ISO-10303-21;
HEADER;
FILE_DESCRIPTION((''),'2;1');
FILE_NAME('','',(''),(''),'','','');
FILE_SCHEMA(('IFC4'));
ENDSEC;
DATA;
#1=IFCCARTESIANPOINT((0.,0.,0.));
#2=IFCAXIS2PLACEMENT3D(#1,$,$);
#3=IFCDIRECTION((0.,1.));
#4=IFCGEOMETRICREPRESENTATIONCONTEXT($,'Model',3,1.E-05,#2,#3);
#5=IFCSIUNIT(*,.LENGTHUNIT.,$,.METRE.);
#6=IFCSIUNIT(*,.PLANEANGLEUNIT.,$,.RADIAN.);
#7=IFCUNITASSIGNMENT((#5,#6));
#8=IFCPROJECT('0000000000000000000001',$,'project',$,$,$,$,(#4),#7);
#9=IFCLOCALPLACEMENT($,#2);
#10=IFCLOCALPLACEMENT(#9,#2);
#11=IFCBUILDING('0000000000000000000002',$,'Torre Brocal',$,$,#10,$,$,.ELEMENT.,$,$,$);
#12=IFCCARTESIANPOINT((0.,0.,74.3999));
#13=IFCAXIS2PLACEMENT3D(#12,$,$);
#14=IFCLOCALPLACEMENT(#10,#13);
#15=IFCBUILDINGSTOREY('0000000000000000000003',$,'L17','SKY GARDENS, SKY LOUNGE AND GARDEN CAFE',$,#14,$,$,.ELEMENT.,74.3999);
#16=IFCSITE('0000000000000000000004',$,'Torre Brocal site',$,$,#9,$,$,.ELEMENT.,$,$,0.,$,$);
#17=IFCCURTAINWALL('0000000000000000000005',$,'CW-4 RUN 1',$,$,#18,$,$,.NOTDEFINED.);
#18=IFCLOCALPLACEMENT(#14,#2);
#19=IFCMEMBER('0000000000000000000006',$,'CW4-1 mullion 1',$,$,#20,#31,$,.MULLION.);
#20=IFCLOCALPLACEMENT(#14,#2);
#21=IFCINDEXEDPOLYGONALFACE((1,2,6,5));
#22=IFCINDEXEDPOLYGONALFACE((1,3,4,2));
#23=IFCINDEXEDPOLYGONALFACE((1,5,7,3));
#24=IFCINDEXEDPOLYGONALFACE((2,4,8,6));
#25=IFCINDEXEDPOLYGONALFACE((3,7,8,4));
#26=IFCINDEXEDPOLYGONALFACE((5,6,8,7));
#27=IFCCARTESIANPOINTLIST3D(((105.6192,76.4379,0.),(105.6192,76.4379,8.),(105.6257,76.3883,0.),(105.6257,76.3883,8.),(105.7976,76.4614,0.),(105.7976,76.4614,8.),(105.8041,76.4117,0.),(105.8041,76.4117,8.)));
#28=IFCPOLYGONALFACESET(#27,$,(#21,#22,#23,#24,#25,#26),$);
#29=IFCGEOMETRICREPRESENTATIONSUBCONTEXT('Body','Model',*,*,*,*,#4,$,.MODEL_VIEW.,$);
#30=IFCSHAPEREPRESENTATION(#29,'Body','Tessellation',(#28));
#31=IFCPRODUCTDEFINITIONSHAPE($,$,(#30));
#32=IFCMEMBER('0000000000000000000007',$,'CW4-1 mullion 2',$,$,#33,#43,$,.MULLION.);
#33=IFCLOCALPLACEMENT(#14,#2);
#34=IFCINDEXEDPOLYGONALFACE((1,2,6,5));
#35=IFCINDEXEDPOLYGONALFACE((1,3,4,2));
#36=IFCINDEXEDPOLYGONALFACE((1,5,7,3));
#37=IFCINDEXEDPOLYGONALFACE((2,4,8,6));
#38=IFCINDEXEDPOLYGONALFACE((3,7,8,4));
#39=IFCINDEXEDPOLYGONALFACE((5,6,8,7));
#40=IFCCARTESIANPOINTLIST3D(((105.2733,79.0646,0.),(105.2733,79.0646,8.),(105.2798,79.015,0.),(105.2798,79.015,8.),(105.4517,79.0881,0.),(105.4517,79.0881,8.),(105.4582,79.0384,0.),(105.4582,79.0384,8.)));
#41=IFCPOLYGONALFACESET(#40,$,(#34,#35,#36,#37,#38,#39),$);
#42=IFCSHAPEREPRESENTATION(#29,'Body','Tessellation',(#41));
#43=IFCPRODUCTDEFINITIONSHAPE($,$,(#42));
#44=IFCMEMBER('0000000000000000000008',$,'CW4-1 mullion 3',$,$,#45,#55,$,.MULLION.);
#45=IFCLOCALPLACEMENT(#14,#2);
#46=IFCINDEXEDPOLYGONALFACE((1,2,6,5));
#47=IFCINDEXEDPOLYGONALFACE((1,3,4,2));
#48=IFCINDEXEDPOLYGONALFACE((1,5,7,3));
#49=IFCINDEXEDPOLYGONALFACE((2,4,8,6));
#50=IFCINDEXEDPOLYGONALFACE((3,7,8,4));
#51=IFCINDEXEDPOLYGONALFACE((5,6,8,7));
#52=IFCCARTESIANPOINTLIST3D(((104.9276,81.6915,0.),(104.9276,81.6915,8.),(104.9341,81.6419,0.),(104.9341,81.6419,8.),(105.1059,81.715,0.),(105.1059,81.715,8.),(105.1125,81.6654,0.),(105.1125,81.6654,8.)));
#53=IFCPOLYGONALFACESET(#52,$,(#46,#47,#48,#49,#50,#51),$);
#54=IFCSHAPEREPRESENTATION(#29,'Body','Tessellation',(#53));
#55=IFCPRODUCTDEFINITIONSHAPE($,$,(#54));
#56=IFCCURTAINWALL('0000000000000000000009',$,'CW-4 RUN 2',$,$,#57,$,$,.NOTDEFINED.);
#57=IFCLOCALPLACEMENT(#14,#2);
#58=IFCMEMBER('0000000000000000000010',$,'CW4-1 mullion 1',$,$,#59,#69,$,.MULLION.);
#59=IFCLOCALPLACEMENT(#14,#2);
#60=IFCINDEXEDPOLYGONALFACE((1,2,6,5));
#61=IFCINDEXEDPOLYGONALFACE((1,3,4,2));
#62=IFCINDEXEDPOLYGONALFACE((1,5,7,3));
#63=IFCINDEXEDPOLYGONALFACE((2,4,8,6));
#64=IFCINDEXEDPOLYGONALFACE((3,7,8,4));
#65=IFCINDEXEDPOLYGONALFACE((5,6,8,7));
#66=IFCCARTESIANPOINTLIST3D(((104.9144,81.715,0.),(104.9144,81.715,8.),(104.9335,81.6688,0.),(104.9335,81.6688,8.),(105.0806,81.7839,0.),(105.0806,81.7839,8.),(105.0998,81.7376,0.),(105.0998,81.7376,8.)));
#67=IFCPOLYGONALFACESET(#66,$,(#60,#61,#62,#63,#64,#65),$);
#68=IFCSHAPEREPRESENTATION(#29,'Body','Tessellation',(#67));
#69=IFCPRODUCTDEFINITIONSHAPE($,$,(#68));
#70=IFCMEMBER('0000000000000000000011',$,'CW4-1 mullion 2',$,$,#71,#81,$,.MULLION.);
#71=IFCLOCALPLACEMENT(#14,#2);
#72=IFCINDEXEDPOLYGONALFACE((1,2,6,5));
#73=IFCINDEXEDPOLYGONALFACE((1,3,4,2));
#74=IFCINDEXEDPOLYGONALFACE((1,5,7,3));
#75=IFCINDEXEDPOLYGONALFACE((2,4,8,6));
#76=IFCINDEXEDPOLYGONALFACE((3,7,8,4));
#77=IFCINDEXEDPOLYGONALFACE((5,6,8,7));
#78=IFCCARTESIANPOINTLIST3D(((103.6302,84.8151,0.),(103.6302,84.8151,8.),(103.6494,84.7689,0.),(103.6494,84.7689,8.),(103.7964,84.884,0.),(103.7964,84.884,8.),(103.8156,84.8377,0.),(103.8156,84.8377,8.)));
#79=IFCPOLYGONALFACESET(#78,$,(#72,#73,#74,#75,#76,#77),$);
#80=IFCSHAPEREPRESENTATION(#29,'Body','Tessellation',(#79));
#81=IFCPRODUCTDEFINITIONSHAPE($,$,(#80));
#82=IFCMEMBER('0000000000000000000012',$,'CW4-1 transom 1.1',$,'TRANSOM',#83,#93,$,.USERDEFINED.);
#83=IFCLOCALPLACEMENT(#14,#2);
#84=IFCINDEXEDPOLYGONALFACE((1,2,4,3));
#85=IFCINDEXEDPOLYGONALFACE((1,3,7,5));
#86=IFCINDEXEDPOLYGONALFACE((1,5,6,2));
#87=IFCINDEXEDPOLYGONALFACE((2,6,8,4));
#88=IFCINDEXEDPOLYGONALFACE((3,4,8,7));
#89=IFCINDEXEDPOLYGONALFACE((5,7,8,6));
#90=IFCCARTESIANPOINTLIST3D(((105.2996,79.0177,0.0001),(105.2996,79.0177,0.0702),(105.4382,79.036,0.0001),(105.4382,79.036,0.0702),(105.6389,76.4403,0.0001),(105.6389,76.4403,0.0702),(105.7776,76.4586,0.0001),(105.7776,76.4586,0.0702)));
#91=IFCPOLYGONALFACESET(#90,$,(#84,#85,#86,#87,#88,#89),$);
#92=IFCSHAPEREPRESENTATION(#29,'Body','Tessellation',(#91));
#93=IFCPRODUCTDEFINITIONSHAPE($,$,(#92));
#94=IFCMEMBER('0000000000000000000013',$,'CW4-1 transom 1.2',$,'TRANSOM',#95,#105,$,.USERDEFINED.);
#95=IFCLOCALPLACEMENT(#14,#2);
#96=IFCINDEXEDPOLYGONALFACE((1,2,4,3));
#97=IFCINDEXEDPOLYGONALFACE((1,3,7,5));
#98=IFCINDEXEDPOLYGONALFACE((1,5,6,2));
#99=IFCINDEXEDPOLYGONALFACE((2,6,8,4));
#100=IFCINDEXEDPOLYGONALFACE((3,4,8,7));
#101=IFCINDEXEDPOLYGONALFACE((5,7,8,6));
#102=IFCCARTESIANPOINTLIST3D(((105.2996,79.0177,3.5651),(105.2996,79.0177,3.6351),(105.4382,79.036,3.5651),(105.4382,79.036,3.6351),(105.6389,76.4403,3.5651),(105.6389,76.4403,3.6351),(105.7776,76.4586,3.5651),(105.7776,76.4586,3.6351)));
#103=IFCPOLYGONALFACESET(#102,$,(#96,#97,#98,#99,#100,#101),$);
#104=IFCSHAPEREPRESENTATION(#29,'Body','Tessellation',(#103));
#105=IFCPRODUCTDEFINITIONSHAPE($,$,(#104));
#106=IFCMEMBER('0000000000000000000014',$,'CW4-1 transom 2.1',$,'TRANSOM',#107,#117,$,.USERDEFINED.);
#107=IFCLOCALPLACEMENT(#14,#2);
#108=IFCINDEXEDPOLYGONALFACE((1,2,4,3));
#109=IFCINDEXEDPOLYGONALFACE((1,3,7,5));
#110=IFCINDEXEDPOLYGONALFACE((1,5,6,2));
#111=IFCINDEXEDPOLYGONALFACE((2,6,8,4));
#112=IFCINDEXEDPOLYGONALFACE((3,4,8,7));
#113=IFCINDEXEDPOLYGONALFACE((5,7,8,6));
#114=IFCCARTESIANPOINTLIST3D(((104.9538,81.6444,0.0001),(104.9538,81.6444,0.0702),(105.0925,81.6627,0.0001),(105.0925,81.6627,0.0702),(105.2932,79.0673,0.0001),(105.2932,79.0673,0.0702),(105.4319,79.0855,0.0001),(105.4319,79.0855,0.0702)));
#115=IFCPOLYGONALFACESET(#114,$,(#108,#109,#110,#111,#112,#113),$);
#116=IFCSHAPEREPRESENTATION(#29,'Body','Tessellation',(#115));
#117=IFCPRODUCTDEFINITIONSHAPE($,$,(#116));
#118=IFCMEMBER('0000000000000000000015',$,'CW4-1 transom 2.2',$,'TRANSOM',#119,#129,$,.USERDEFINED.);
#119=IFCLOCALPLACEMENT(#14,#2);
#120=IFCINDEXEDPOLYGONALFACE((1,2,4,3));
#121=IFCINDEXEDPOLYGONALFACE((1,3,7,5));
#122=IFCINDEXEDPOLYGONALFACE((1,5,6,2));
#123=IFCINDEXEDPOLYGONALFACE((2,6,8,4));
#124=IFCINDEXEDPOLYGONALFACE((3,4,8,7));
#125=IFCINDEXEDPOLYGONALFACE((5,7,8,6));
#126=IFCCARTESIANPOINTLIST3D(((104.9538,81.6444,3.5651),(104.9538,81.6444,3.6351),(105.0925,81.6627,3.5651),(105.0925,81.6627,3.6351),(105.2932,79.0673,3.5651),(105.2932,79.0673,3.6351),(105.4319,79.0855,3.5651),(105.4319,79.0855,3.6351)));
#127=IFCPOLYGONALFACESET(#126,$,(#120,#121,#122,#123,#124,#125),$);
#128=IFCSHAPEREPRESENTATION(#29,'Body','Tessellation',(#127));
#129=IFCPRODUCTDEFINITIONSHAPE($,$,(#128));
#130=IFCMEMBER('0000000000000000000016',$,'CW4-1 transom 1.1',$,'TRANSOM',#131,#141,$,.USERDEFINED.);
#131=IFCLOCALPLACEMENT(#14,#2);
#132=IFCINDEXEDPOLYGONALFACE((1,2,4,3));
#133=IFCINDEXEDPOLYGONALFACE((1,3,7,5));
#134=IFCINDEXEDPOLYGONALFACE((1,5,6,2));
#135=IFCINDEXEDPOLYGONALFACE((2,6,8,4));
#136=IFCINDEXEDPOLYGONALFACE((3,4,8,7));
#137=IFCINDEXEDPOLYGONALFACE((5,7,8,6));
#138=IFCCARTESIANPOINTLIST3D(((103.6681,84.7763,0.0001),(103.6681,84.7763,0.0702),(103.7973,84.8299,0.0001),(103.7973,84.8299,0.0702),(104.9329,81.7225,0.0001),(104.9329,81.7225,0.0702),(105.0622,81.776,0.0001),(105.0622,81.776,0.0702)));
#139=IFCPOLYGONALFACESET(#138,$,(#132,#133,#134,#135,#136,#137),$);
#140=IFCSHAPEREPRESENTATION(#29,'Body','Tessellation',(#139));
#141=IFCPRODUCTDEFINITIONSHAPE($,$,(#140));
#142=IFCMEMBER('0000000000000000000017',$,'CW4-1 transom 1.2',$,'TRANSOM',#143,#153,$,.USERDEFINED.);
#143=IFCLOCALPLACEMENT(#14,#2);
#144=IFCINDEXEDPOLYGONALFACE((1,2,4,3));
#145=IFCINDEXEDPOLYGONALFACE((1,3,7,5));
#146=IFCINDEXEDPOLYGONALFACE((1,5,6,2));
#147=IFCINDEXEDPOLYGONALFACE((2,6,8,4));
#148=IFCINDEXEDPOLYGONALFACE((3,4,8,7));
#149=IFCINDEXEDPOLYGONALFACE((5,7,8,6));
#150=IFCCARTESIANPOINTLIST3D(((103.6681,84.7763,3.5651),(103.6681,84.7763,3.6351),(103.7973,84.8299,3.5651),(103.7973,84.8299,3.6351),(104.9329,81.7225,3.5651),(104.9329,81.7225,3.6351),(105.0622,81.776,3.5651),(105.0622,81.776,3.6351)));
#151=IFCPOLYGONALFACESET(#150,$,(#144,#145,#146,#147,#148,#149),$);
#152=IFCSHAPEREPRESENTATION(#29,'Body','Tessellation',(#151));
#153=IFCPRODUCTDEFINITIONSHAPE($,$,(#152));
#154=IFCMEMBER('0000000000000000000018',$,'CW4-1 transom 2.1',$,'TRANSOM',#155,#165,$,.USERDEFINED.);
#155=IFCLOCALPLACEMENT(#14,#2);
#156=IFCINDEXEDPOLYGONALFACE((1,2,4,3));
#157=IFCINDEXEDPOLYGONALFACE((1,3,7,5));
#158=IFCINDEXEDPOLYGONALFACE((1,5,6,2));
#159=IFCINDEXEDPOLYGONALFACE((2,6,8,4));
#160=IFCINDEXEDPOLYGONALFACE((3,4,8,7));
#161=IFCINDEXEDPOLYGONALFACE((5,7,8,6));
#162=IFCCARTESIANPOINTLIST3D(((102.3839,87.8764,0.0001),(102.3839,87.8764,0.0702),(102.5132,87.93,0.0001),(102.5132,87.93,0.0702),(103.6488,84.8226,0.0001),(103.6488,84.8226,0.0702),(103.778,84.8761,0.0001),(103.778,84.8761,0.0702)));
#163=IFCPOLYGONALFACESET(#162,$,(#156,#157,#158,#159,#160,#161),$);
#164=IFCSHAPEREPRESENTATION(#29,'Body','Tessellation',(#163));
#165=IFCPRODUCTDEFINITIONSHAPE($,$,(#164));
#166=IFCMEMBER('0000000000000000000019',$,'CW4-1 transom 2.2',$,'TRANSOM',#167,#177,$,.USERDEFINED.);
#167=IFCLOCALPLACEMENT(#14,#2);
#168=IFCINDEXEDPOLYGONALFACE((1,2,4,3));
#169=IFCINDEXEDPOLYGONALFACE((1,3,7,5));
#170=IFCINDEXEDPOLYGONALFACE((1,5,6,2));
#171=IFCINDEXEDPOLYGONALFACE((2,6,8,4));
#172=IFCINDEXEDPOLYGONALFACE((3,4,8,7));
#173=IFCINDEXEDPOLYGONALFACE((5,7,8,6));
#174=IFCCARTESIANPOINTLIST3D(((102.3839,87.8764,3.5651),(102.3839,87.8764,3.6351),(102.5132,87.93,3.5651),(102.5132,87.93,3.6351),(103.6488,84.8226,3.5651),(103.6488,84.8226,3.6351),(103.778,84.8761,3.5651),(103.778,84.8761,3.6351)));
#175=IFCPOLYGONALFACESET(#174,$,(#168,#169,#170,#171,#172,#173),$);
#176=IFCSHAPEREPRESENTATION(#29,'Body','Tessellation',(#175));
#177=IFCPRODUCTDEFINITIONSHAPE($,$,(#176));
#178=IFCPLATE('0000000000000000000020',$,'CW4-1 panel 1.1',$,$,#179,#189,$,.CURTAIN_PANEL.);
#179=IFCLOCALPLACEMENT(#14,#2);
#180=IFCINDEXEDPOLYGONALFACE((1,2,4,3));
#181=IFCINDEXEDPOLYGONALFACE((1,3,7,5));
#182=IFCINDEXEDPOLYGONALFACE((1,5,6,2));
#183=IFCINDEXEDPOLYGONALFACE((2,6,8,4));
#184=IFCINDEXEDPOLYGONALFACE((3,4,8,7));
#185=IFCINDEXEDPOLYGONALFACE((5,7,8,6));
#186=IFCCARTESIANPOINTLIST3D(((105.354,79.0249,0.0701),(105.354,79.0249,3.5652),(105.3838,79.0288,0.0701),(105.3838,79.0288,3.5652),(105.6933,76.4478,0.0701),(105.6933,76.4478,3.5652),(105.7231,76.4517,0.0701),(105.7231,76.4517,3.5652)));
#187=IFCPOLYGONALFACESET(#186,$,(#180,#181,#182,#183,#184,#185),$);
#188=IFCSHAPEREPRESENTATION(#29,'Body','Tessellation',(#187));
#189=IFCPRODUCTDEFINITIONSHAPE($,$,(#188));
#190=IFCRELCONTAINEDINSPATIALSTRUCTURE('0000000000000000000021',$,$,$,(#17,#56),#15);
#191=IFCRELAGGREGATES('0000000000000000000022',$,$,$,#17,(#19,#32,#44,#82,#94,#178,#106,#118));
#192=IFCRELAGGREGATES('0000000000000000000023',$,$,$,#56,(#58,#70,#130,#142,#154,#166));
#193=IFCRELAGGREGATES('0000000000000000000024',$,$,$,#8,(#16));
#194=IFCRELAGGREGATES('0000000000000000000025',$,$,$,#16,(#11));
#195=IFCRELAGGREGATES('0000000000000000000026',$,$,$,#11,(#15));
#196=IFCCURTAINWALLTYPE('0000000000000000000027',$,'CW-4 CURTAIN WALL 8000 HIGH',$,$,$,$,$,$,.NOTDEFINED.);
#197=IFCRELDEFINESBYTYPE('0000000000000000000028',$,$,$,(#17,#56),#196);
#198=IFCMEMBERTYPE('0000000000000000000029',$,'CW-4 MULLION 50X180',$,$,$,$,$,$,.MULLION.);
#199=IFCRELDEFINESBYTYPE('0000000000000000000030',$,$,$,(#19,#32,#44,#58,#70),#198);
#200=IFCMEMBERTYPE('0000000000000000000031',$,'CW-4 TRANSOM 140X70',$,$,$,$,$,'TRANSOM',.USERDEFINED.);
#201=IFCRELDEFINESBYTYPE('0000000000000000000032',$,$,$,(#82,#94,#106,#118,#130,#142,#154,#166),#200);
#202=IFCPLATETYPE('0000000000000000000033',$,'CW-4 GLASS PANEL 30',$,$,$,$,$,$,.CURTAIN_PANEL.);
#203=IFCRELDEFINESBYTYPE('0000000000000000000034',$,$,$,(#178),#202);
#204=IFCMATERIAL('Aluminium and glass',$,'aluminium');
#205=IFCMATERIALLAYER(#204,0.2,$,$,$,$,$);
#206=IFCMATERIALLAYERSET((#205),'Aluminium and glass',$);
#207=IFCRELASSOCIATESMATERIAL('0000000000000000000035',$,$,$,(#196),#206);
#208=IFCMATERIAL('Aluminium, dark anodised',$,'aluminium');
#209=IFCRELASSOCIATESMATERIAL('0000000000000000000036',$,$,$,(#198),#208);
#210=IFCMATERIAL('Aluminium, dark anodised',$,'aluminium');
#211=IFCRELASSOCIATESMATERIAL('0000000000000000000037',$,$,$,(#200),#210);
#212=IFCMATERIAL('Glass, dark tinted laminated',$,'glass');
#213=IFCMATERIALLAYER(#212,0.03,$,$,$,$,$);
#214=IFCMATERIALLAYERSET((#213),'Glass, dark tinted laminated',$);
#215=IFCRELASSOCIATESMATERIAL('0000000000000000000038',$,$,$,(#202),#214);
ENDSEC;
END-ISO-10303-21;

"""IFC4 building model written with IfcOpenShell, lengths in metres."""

from ifc_helpers import new_model, si_unit, direction, frame, origin, origin_2d, place, context, subcontext, project, spatial, rectangle, extrude, material, layer, layer_set, material_profile, profile_set, type_object, element, aggregate, save


model = new_model("IFC4")

# Units and contexts
model_context = context("Model", 3, precision=1e-05, world=origin(), true_north=direction((0.0, 1.0)))
body_context = subcontext(model_context, "Body", "Model", "MODEL_VIEW")
ifc_project = project(units=[si_unit("LENGTHUNIT", "METRE"), si_unit("PLANEANGLEUNIT", "RADIAN")], contexts=[model_context])

# Site, building, storey
site_placement = place(None, origin())
site = spatial("IfcSite", under=ifc_project, at=site_placement, Name="Torre Brocal site", CompositionType="ELEMENT", RefElevation=0.0)
building_placement = place(site_placement, origin())
building = spatial("IfcBuilding", under=site, at=building_placement, Name="Torre Brocal", CompositionType="ELEMENT")
storey_placement = place(building_placement, frame((0.0, 0.0, 74.3999)))
storey = spatial("IfcBuildingStorey", under=building, at=storey_placement, Name="L17", Description="SKY GARDENS, SKY LOUNGE AND GARDEN CAFE", CompositionType="ELEMENT", Elevation=74.3999)

# Curtain walls, members
ifc_material_1 = material(Name="Aluminium and glass", Category="aluminium")
ifc_layer_1 = layer(ifc_material_1, 0.2)
ifc_layer_set_1 = layer_set([ifc_layer_1], Name="Aluminium and glass")
curtain_wall_type = type_object("IfcCurtainWallType", Name="CW-4 CURTAIN WALL 8000 HIGH", PredefinedType="NOTDEFINED", material=ifc_layer_set_1)
curtain_wall_1_placement = place(storey_placement, origin())
curtain_wall_1 = element("IfcCurtainWall", 1, at=curtain_wall_1_placement, inside=storey, type_object=curtain_wall_type, Name="CW-4 RUN 1", PredefinedType="NOTDEFINED")
ifc_material_2 = material(Name="Aluminium, dark anodised", Category="aluminium")
ifc_material_profile_1 = material_profile(ifc_material_2, rectangle(XDim=0.1799, YDim=0.05, at=origin_2d()), Name="CW-4 MULLION 50X180")
ifc_profile_set_1 = profile_set([ifc_material_profile_1], Name="Aluminium, dark anodised")
member_type_1 = type_object("IfcMemberType", Name="CW-4 MULLION 50X180", PredefinedType="MULLION", material=ifc_profile_set_1)
member_1_placement = place(storey_placement, frame((105.7117, 76.4248, 0.0), z_axis=(0.0, 0.0, 1.0), x_axis=(-0.991445, -0.130526, 0.0)))
member_1 = element("IfcMember", 2, at=member_1_placement, type_object=member_type_1, Name="CW4-1 mullion 1", PredefinedType="MULLION", context=body_context, shape_type="SweptSolid", body=[
    extrude(rectangle(XDim=0.1799, YDim=0.05, at=origin_2d()), origin(), (0.0, 0.0, 1.0), 8.0),
])
member_2_placement = place(storey_placement, frame((105.3657, 79.0515, 0.0), z_axis=(0.0, 0.0, 1.0), x_axis=(-0.991445, -0.130526, 0.0)))
member_2 = element("IfcMember", 3, at=member_2_placement, type_object=member_type_1, Name="CW4-1 mullion 2", PredefinedType="MULLION", context=body_context, shape_type="SweptSolid", body=[
    extrude(rectangle(XDim=0.1799, YDim=0.05, at=origin_2d()), origin(), (0.0, 0.0, 1.0), 8.0),
])
member_3_placement = place(storey_placement, frame((105.02, 81.6785, 0.0), z_axis=(0.0, 0.0, 1.0), x_axis=(-0.991445, -0.130526, 0.0)))
member_3 = element("IfcMember", 4, at=member_3_placement, type_object=member_type_1, Name="CW4-1 mullion 3", PredefinedType="MULLION", context=body_context, shape_type="SweptSolid", body=[
    extrude(rectangle(XDim=0.1799, YDim=0.05, at=origin_2d()), origin(), (0.0, 0.0, 1.0), 8.0),
])
curtain_wall_2_placement = place(storey_placement, origin())
curtain_wall_2 = element("IfcCurtainWall", 5, at=curtain_wall_2_placement, inside=storey, type_object=curtain_wall_type, Name="CW-4 RUN 2", PredefinedType="NOTDEFINED")
member_4_placement = place(storey_placement, frame((105.0071, 81.7263, 0.0), z_axis=(0.0, 0.0, 1.0), x_axis=(-0.92388, -0.382683, 0.0)))
member_4 = element("IfcMember", 6, at=member_4_placement, type_object=member_type_1, Name="CW4-1 mullion 1", PredefinedType="MULLION", context=body_context, shape_type="SweptSolid", body=[
    extrude(rectangle(XDim=0.1799, YDim=0.05, at=origin_2d()), origin(), (0.0, 0.0, 1.0), 8.0),
])
member_5_placement = place(storey_placement, frame((103.7229, 84.8264, 0.0), z_axis=(0.0, 0.0, 1.0), x_axis=(-0.92388, -0.382683, 0.0)))
member_5 = element("IfcMember", 7, at=member_5_placement, type_object=member_type_1, Name="CW4-1 mullion 2", PredefinedType="MULLION", context=body_context, shape_type="SweptSolid", body=[
    extrude(rectangle(XDim=0.1799, YDim=0.05, at=origin_2d()), origin(), (0.0, 0.0, 1.0), 8.0),
])

# Members
ifc_material_3 = material(Name="Aluminium, dark anodised", Category="aluminium")
ifc_material_profile_2 = material_profile(ifc_material_3, rectangle(XDim=0.1399, YDim=0.0701, at=origin_2d()), Name="CW-4 TRANSOM 140X70")
ifc_profile_set_2 = profile_set([ifc_material_profile_2], Name="Aluminium, dark anodised")
member_type_2 = type_object("IfcMemberType", Name="CW-4 TRANSOM 140X70", ElementType="TRANSOM", PredefinedType="USERDEFINED", material=ifc_profile_set_2)
member_6_placement = place(storey_placement, frame((105.7083, 76.4495, 0.0352), z_axis=(-0.13054, 0.991443, 0.0), x_axis=(-0.991443, -0.13054, 0.0)))
member_6 = element("IfcMember", 8, at=member_6_placement, type_object=member_type_2, Name="CW4-1 transom 1.1", ObjectType="TRANSOM", PredefinedType="USERDEFINED", context=body_context, shape_type="SweptSolid", body=[
    extrude(rectangle(XDim=0.1399, YDim=0.0701, at=origin_2d()), origin(), (0.0, 0.0, 1.0), 2.5996),
])
member_7_placement = place(storey_placement, frame((105.7083, 76.4495, 3.6001), z_axis=(-0.13054, 0.991443, 0.0), x_axis=(-0.991443, -0.13054, 0.0)))
member_7 = element("IfcMember", 9, at=member_7_placement, type_object=member_type_2, Name="CW4-1 transom 1.2", ObjectType="TRANSOM", PredefinedType="USERDEFINED", context=body_context, shape_type="SweptSolid", body=[
    extrude(rectangle(XDim=0.1399, YDim=0.0701, at=origin_2d()), origin(), (0.0, 0.0, 1.0), 2.5996),
])
member_8_placement = place(storey_placement, frame((105.3625, 79.0764, 0.0352), z_axis=(-0.130552, 0.991442, 0.0), x_axis=(-0.991442, -0.130552, 0.0)))
member_8 = element("IfcMember", 10, at=member_8_placement, type_object=member_type_2, Name="CW4-1 transom 2.1", ObjectType="TRANSOM", PredefinedType="USERDEFINED", context=body_context, shape_type="SweptSolid", body=[
    extrude(rectangle(XDim=0.1399, YDim=0.0701, at=origin_2d()), origin(), (0.0, 0.0, 1.0), 2.5994),
])
member_9_placement = place(storey_placement, frame((105.3625, 79.0764, 3.6001), z_axis=(-0.130552, 0.991442, 0.0), x_axis=(-0.991442, -0.130552, 0.0)))
member_9 = element("IfcMember", 11, at=member_9_placement, type_object=member_type_2, Name="CW4-1 transom 2.2", ObjectType="TRANSOM", PredefinedType="USERDEFINED", context=body_context, shape_type="SweptSolid", body=[
    extrude(rectangle(XDim=0.1399, YDim=0.0701, at=origin_2d()), origin(), (0.0, 0.0, 1.0), 2.5994),
])
member_10_placement = place(storey_placement, frame((104.9976, 81.7493, 0.0352), z_axis=(-0.382658, 0.92389, 0.0), x_axis=(-0.92389, -0.382658, 0.0)))
member_10 = element("IfcMember", 12, at=member_10_placement, type_object=member_type_2, Name="CW4-1 transom 1.1", ObjectType="TRANSOM", PredefinedType="USERDEFINED", context=body_context, shape_type="SweptSolid", body=[
    extrude(rectangle(XDim=0.1399, YDim=0.0701, at=origin_2d()), origin(), (0.0, 0.0, 1.0), 3.3054),
])
member_11_placement = place(storey_placement, frame((104.9976, 81.7493, 3.6001), z_axis=(-0.382658, 0.92389, 0.0), x_axis=(-0.92389, -0.382658, 0.0)))
member_11 = element("IfcMember", 13, at=member_11_placement, type_object=member_type_2, Name="CW4-1 transom 1.2", ObjectType="TRANSOM", PredefinedType="USERDEFINED", context=body_context, shape_type="SweptSolid", body=[
    extrude(rectangle(XDim=0.1399, YDim=0.0701, at=origin_2d()), origin(), (0.0, 0.0, 1.0), 3.3054),
])
member_12_placement = place(storey_placement, frame((103.7134, 84.8494, 0.0352), z_axis=(-0.382658, 0.92389, 0.0), x_axis=(-0.92389, -0.382658, 0.0)))
member_12 = element("IfcMember", 14, at=member_12_placement, type_object=member_type_2, Name="CW4-1 transom 2.1", ObjectType="TRANSOM", PredefinedType="USERDEFINED", context=body_context, shape_type="SweptSolid", body=[
    extrude(rectangle(XDim=0.1399, YDim=0.0701, at=origin_2d()), origin(), (0.0, 0.0, 1.0), 3.3054),
])
member_13_placement = place(storey_placement, frame((103.7134, 84.8494, 3.6001), z_axis=(-0.382658, 0.92389, 0.0), x_axis=(-0.92389, -0.382658, 0.0)))
member_13 = element("IfcMember", 15, at=member_13_placement, type_object=member_type_2, Name="CW4-1 transom 2.2", ObjectType="TRANSOM", PredefinedType="USERDEFINED", context=body_context, shape_type="SweptSolid", body=[
    extrude(rectangle(XDim=0.1399, YDim=0.0701, at=origin_2d()), origin(), (0.0, 0.0, 1.0), 3.3054),
])

# Plate
ifc_material_4 = material(Name="Glass, dark tinted laminated", Category="glass")
ifc_layer_2 = layer(ifc_material_4, 0.03)
ifc_layer_set_2 = layer_set([ifc_layer_2], Name="Glass, dark tinted laminated")
plate_type = type_object("IfcPlateType", Name="CW-4 GLASS PANEL 30", PredefinedType="CURTAIN_PANEL", material=ifc_layer_set_2)
plate_1_placement = place(storey_placement, frame((105.5386, 77.7383, 0.0701), z_axis=(0.0, 0.0, 1.0), x_axis=(-0.130526, 0.991445, 0.0)))
plate_1 = element("IfcPlate", 16, at=plate_1_placement, type_object=plate_type, Name="CW4-1 panel 1.1", PredefinedType="CURTAIN_PANEL", context=body_context, shape_type="SweptSolid", body=[
    extrude(rectangle(XDim=2.5994, YDim=0.03, at=origin_2d()), origin(), (0.0, 0.0, 1.0), 3.4951),
])
aggregate(curtain_wall_1, [member_1, member_2, member_3, member_6, member_7, plate_1, member_8, member_9])
aggregate(curtain_wall_2, [member_4, member_5, member_10, member_11, member_12, member_13])

save(model, "model.ifc")
